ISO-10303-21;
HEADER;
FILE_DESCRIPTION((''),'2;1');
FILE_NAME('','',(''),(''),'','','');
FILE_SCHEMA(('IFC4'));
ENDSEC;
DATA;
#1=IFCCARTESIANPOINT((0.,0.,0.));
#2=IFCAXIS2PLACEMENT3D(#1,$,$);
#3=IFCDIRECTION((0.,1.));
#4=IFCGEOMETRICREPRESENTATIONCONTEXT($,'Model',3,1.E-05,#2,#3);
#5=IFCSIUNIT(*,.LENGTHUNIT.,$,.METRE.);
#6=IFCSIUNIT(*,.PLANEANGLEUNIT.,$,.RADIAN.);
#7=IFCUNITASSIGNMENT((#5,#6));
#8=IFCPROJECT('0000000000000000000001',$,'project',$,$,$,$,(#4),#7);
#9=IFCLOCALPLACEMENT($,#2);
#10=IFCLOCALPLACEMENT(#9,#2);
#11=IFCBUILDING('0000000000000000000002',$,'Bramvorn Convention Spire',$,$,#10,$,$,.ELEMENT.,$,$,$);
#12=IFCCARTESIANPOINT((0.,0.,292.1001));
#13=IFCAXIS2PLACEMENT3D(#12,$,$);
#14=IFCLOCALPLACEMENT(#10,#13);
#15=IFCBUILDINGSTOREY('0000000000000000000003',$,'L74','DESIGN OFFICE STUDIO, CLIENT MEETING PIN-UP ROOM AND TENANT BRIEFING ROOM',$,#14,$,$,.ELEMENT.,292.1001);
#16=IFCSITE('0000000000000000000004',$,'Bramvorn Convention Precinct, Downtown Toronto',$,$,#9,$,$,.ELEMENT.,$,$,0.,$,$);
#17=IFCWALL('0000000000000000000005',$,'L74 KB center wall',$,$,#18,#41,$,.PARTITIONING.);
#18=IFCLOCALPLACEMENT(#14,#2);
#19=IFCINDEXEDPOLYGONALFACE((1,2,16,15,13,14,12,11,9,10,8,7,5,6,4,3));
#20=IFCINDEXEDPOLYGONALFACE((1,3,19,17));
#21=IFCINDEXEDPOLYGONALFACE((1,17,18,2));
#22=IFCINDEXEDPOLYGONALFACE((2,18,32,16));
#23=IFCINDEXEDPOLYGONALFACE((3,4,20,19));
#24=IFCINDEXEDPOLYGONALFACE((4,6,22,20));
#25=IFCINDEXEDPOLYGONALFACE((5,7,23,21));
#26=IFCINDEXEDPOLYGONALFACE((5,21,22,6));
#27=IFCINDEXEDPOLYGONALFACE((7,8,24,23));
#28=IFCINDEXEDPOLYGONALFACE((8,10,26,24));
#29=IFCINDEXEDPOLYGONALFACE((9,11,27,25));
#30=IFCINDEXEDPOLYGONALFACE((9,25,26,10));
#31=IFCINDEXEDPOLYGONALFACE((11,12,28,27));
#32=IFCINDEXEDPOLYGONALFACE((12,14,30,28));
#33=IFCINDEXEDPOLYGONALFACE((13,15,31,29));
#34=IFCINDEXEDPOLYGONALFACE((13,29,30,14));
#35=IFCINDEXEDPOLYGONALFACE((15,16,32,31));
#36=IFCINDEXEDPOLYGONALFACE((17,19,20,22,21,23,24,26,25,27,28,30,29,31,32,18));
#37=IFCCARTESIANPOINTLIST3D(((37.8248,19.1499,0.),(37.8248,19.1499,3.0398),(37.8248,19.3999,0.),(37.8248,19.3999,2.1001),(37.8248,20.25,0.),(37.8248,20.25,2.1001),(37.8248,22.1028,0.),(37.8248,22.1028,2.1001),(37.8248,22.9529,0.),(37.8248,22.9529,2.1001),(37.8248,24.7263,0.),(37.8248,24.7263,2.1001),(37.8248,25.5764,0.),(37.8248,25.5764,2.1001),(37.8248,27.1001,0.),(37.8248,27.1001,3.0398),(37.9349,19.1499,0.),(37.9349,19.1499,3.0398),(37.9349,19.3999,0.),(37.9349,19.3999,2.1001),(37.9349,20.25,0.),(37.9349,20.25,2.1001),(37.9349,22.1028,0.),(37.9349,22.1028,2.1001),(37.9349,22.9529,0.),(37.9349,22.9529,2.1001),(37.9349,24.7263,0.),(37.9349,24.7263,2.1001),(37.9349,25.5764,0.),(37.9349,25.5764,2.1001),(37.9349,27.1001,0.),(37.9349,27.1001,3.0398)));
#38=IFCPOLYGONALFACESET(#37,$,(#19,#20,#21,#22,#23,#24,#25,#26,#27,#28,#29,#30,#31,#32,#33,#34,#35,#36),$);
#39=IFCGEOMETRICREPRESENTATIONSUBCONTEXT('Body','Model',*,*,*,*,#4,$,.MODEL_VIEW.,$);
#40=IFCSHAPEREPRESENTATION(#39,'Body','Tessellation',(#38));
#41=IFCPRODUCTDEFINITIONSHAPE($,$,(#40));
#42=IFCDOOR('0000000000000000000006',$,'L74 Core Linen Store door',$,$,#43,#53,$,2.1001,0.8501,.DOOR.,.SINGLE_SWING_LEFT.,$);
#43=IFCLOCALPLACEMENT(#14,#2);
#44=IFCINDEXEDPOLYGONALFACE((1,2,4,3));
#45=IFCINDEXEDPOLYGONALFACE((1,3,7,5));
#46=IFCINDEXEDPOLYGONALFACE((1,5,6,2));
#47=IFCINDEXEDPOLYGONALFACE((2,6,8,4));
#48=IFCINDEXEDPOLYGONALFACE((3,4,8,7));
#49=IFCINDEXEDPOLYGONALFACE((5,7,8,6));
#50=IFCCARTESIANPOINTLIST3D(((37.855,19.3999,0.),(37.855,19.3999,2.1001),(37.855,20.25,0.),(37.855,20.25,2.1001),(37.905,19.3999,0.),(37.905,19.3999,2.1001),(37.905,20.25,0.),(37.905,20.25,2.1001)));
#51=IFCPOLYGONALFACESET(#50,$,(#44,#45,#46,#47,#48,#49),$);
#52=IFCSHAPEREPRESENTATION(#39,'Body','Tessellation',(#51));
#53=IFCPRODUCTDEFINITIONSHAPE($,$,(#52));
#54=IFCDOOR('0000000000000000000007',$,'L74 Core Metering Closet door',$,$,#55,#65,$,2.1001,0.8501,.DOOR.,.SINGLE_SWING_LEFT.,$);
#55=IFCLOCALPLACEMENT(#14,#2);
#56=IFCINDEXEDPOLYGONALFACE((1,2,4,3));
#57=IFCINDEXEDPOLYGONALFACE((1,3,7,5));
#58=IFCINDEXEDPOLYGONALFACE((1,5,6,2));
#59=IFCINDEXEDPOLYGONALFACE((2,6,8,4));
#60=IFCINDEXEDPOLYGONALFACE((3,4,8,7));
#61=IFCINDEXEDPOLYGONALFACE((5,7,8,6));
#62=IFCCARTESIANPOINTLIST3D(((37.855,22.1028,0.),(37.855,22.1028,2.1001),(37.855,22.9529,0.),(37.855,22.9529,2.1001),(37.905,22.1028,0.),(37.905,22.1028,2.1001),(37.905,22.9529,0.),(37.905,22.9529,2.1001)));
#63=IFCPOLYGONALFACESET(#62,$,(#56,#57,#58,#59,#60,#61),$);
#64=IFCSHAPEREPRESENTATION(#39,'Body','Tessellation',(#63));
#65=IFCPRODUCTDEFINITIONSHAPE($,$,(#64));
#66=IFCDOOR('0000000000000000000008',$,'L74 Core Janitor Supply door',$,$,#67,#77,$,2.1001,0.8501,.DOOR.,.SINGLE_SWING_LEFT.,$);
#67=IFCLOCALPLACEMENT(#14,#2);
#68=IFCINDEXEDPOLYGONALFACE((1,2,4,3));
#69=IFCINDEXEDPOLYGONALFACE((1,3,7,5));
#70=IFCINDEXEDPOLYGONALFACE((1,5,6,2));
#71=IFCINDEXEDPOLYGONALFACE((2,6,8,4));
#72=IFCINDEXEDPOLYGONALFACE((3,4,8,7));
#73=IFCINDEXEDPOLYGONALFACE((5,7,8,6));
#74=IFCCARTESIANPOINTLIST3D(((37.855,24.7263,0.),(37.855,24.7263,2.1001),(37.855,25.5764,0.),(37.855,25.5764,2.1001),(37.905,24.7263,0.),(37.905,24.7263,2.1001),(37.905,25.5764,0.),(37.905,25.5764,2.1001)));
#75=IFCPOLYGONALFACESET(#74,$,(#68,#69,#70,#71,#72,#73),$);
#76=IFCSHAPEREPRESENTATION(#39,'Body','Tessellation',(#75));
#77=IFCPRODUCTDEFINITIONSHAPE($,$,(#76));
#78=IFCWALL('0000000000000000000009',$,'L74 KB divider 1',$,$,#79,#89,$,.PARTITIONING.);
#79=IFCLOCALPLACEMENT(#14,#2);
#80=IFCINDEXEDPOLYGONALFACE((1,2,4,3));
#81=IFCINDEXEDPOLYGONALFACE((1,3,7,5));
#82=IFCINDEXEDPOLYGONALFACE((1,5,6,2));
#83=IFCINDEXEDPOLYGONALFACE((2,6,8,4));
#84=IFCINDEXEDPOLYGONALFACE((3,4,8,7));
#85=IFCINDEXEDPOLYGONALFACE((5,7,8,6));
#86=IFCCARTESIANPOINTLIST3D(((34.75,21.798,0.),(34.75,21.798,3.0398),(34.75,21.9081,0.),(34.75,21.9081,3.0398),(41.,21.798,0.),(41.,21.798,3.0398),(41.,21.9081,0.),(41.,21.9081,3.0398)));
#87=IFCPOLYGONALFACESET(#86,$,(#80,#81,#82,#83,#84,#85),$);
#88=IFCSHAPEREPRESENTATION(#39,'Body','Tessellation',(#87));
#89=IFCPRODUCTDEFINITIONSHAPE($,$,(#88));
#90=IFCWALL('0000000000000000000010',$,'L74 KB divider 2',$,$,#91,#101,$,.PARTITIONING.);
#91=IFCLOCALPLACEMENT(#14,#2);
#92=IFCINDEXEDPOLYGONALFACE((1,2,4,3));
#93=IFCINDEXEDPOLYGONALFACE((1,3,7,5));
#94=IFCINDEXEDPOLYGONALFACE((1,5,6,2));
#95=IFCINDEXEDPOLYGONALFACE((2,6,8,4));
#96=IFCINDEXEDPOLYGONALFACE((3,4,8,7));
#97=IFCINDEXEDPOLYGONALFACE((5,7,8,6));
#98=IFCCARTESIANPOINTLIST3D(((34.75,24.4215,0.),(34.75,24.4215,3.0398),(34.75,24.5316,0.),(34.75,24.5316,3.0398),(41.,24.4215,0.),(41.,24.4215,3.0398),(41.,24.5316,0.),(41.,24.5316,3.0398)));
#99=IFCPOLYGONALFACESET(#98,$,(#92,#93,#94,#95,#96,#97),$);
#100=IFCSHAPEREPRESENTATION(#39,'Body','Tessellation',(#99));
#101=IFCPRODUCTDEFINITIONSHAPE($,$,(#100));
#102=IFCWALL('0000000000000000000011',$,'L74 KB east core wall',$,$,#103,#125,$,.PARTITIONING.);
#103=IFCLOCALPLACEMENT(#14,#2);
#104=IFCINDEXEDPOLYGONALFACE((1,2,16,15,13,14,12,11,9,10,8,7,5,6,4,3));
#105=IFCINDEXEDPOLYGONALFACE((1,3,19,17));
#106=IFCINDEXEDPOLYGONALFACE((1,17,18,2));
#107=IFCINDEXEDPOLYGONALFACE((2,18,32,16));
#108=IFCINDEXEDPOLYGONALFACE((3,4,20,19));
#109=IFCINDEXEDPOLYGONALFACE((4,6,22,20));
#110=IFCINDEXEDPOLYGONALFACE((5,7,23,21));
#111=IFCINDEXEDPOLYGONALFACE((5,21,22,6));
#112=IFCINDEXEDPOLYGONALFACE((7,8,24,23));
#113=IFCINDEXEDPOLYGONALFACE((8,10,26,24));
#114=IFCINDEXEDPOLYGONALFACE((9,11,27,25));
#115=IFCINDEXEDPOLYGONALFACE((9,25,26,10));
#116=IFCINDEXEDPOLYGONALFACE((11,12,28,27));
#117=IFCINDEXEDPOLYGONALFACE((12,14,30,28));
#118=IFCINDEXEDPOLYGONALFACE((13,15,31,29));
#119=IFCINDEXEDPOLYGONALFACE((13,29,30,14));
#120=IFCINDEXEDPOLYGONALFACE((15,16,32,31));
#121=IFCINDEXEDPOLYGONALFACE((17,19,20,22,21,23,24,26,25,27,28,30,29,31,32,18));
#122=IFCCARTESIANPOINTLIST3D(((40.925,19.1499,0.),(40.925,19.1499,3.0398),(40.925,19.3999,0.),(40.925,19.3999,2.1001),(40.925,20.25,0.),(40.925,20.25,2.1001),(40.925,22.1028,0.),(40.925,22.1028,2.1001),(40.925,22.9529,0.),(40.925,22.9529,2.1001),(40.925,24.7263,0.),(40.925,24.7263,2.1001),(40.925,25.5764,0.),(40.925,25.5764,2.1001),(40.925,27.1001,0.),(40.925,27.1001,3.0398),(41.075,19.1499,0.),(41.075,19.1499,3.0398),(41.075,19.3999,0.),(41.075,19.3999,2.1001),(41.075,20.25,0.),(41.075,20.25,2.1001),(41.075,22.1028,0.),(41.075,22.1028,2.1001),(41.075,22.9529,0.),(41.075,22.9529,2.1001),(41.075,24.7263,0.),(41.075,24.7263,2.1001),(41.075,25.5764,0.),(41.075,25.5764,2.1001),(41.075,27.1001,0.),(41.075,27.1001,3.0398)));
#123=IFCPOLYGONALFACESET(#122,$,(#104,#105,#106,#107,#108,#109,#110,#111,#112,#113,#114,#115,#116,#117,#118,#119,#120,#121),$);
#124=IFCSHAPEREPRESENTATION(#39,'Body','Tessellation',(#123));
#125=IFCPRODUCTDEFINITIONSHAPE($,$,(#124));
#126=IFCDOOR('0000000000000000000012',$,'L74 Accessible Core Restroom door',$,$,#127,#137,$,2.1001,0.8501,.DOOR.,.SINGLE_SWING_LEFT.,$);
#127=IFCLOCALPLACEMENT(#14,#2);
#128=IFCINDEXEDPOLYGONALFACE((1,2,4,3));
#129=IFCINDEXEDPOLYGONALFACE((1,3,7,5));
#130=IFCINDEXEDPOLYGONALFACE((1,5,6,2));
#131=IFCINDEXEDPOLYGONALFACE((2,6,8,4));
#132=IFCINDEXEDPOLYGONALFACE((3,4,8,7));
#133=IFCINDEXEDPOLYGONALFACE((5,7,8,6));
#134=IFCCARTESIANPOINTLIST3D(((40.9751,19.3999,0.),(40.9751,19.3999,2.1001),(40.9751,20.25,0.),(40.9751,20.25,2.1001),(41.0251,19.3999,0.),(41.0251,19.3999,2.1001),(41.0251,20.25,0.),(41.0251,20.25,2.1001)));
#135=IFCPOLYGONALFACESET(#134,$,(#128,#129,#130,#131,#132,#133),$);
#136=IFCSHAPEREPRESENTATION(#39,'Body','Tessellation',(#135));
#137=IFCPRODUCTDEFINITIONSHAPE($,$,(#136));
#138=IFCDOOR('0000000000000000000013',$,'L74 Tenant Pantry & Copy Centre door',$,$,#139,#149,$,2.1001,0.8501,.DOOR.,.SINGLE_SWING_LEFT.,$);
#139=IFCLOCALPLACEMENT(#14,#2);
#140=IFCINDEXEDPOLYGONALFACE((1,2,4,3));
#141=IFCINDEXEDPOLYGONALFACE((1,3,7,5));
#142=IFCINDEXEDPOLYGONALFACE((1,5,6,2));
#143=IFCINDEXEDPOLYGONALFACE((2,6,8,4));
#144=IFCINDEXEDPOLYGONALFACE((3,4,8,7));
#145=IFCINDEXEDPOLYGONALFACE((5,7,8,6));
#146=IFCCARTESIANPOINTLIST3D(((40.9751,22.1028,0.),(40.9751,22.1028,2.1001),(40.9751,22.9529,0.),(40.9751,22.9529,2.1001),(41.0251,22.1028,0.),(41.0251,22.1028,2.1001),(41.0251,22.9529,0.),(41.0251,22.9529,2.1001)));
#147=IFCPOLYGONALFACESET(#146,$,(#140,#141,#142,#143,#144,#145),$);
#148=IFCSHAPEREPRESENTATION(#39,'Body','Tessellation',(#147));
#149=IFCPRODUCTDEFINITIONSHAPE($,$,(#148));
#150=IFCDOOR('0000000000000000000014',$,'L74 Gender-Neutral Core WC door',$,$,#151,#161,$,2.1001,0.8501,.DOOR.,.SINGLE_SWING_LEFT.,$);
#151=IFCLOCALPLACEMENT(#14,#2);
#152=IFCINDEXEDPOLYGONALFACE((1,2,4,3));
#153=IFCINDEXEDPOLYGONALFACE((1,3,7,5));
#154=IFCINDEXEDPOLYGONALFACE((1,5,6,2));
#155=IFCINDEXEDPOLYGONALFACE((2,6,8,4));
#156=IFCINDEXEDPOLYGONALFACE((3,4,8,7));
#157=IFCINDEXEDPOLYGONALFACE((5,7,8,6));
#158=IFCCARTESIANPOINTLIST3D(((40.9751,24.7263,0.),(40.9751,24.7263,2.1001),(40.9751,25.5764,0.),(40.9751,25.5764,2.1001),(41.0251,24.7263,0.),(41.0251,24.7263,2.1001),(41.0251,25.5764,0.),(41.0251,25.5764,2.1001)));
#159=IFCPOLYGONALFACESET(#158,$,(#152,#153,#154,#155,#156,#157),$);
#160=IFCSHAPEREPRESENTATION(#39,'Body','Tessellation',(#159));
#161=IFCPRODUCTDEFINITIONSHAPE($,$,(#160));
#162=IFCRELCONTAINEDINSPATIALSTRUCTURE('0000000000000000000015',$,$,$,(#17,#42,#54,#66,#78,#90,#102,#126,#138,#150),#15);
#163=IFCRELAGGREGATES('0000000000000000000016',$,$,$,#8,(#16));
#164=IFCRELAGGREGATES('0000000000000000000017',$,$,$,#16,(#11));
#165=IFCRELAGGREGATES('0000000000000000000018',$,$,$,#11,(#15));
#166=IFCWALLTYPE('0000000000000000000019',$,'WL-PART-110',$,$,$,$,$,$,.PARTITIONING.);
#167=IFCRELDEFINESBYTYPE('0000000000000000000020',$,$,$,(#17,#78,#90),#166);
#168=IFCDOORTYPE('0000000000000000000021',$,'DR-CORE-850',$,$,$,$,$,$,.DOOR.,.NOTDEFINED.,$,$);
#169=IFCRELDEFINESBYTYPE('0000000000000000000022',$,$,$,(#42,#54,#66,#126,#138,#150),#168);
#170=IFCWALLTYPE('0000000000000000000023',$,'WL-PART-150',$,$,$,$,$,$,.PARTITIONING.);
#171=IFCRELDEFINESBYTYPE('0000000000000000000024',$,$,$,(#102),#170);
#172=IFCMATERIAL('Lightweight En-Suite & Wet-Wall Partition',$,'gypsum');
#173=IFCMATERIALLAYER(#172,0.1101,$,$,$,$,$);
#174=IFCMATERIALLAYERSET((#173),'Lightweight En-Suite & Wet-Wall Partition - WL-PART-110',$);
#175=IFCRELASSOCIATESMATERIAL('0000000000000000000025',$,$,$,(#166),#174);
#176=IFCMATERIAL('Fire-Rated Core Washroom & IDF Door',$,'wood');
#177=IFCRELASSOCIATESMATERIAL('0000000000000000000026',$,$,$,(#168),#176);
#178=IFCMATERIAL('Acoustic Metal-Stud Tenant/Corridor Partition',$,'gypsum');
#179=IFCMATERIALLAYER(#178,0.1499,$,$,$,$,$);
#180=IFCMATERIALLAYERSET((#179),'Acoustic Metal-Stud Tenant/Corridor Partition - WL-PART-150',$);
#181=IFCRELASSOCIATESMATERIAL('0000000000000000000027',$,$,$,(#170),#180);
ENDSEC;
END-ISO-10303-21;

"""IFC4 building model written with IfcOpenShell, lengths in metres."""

from ifc_helpers import new_model, si_unit, direction, frame, frame_2d, origin, place, context, subcontext, project, spatial, rectangle, extrude, material, layer, layer_set, type_object, element, fill, save


model = new_model("IFC4")

# Units and contexts
model_context = context("Model", 3, precision=1e-05, world=origin(), true_north=direction((0.0, 1.0)))
body_context = subcontext(model_context, "Body", "Model", "MODEL_VIEW")
ifc_project = project(units=[si_unit("LENGTHUNIT", "METRE"), si_unit("PLANEANGLEUNIT", "RADIAN")], contexts=[model_context])

# Site, building, storey
site_placement = place(None, origin())
site = spatial("IfcSite", under=ifc_project, at=site_placement, Name="Bramvorn Convention Precinct, Downtown Toronto", CompositionType="ELEMENT", RefElevation=0.0)
building_placement = place(site_placement, origin())
building = spatial("IfcBuilding", under=site, at=building_placement, Name="Bramvorn Convention Spire", CompositionType="ELEMENT")
storey_placement = place(building_placement, frame((0.0, 0.0, 292.1001)))
storey = spatial("IfcBuildingStorey", under=building, at=storey_placement, Name="L74", Description="DESIGN OFFICE STUDIO, CLIENT MEETING PIN-UP ROOM AND TENANT BRIEFING ROOM", CompositionType="ELEMENT", Elevation=292.1001)

# Wall, openings, doors
ifc_material_1 = material(Name="Lightweight En-Suite & Wet-Wall Partition", Category="gypsum")
ifc_layer_1 = layer(ifc_material_1, 0.1101)
ifc_layer_set_1 = layer_set([ifc_layer_1], Name="Lightweight En-Suite & Wet-Wall Partition - WL-PART-110")
wall_type_1 = type_object("IfcWallType", Name="WL-PART-110", PredefinedType="PARTITIONING", material=ifc_layer_set_1)
wall_1_placement = place(storey_placement, frame((37.8799, 19.1499, 0.0), z_axis=(0.0, 0.0, 1.0), x_axis=(0.0, 1.0, 0.0)))
wall_1 = element("IfcWall", 1, at=wall_1_placement, inside=storey, type_object=wall_type_1, Name="L74 KB center wall", PredefinedType="PARTITIONING", context=body_context, shape_type="SweptSolid", body=[
    extrude(rectangle(XDim=7.9502, YDim=0.1101, at=frame_2d((3.9751, 0.0))), origin(), (0.0, 0.0, 1.0), 3.0398),
])
opening_1_placement = place(wall_1_placement, frame((0.25, 0.0, 0.0)))
opening_1 = element("IfcOpeningElement", 2, at=opening_1_placement, cuts=wall_1, PredefinedType="OPENING", context=body_context, shape_type="SweptSolid", body=[
    extrude(rectangle(XDim=0.8501, YDim=2.1001, at=frame_2d((0.425, 1.05))), frame((0.0, 0.0649, 0.0), z_axis=(0.0, -1.0, 0.0), x_axis=(1.0, 0.0, 0.0)), (0.0, 0.0, 1.0), 0.1301),
])
opening_2_placement = place(wall_1_placement, frame((2.9529, 0.0, 0.0)))
opening_2 = element("IfcOpeningElement", 3, at=opening_2_placement, cuts=wall_1, PredefinedType="OPENING", context=body_context, shape_type="SweptSolid", body=[
    extrude(rectangle(XDim=0.8501, YDim=2.1001, at=frame_2d((0.425, 1.05))), frame((0.0, 0.0649, 0.0), z_axis=(0.0, -1.0, 0.0), x_axis=(1.0, 0.0, 0.0)), (0.0, 0.0, 1.0), 0.1301),
])
opening_3_placement = place(wall_1_placement, frame((5.5764, 0.0, 0.0)))
opening_3 = element("IfcOpeningElement", 4, at=opening_3_placement, cuts=wall_1, PredefinedType="OPENING", context=body_context, shape_type="SweptSolid", body=[
    extrude(rectangle(XDim=0.8501, YDim=2.1001, at=frame_2d((0.425, 1.05))), frame((0.0, 0.0649, 0.0), z_axis=(0.0, -1.0, 0.0), x_axis=(1.0, 0.0, 0.0)), (0.0, 0.0, 1.0), 0.1301),
])
ifc_material_2 = material(Name="Fire-Rated Core Washroom & IDF Door", Category="wood")
door_type_1 = type_object("IfcDoorType", Name="DR-CORE-850", OperationType="NOTDEFINED", PredefinedType="DOOR", material=ifc_material_2)
door_1_placement = place(opening_1_placement, origin())
door_1 = element("IfcDoor", 5, at=door_1_placement, inside=storey, type_object=door_type_1, Name="L74 Core Linen Store door", OperationType="SINGLE_SWING_LEFT", OverallHeight=2.1001, OverallWidth=0.8501, PredefinedType="DOOR", context=body_context, shape_type="SweptSolid", body=[
    extrude(rectangle(XDim=0.8501, YDim=2.1001, at=frame_2d((0.425, 1.05))), frame((0.0, 0.0249, 0.0), z_axis=(0.0, -1.0, 0.0), x_axis=(1.0, 0.0, 0.0)), (0.0, 0.0, 1.0), 0.05),
])
fill(opening_1, door_1)
door_2_placement = place(opening_2_placement, origin())
door_2 = element("IfcDoor", 6, at=door_2_placement, inside=storey, type_object=door_type_1, Name="L74 Core Metering Closet door", OperationType="SINGLE_SWING_LEFT", OverallHeight=2.1001, OverallWidth=0.8501, PredefinedType="DOOR", context=body_context, shape_type="SweptSolid", body=[
    extrude(rectangle(XDim=0.8501, YDim=2.1001, at=frame_2d((0.425, 1.05))), frame((0.0, 0.0249, 0.0), z_axis=(0.0, -1.0, 0.0), x_axis=(1.0, 0.0, 0.0)), (0.0, 0.0, 1.0), 0.05),
])
fill(opening_2, door_2)
door_3_placement = place(opening_3_placement, origin())
door_3 = element("IfcDoor", 7, at=door_3_placement, inside=storey, type_object=door_type_1, Name="L74 Core Janitor Supply door", OperationType="SINGLE_SWING_LEFT", OverallHeight=2.1001, OverallWidth=0.8501, PredefinedType="DOOR", context=body_context, shape_type="SweptSolid", body=[
    extrude(rectangle(XDim=0.8501, YDim=2.1001, at=frame_2d((0.425, 1.05))), frame((0.0, 0.0249, 0.0), z_axis=(0.0, -1.0, 0.0), x_axis=(1.0, 0.0, 0.0)), (0.0, 0.0, 1.0), 0.05),
])
fill(opening_3, door_3)

# Walls
for number, where, z_axis, x_axis, name in (
    (8, (34.75, 21.853, 0.0), (0.0, 0.0, 1.0), (1.0, 0.0, 0.0), "L74 KB divider 1"),
    (9, (34.75, 24.4766, 0.0), (0.0, 0.0, 1.0), (1.0, 0.0, 0.0), "L74 KB divider 2"),
):
    element("IfcWall", number, at=place(storey_placement, frame(where, z_axis=z_axis, x_axis=x_axis)), inside=storey, type_object=wall_type_1, Name=name, PredefinedType="PARTITIONING", context=body_context, shape_type="SweptSolid", body=[
        extrude(rectangle(XDim=6.25, YDim=0.1101, at=frame_2d((3.125, 0.0))), origin(), (0.0, 0.0, 1.0), 3.0398),
    ])

# Wall, openings, doors
ifc_material_3 = material(Name="Acoustic Metal-Stud Tenant/Corridor Partition", Category="gypsum")
ifc_layer_2 = layer(ifc_material_3, 0.1499)
ifc_layer_set_2 = layer_set([ifc_layer_2], Name="Acoustic Metal-Stud Tenant/Corridor Partition - WL-PART-150")
wall_type_2 = type_object("IfcWallType", Name="WL-PART-150", PredefinedType="PARTITIONING", material=ifc_layer_set_2)
wall_2_placement = place(storey_placement, frame((41.0, 19.1499, 0.0), z_axis=(0.0, 0.0, 1.0), x_axis=(0.0, 1.0, 0.0)))
wall_2 = element("IfcWall", 10, at=wall_2_placement, inside=storey, type_object=wall_type_2, Name="L74 KB east core wall", PredefinedType="PARTITIONING", context=body_context, shape_type="SweptSolid", body=[
    extrude(rectangle(XDim=7.9502, YDim=0.1499, at=frame_2d((3.9751, 0.0))), origin(), (0.0, 0.0, 1.0), 3.0398),
])
opening_4_placement = place(wall_2_placement, frame((0.25, 0.0, 0.0)))
opening_4 = element("IfcOpeningElement", 11, at=opening_4_placement, cuts=wall_2, PredefinedType="OPENING", context=body_context, shape_type="SweptSolid", body=[
    extrude(rectangle(XDim=0.8501, YDim=2.1001, at=frame_2d((0.425, 1.05))), frame((0.0, 0.085, 0.0), z_axis=(0.0, -1.0, 0.0), x_axis=(1.0, 0.0, 0.0)), (0.0, 0.0, 1.0), 0.1699),
])
opening_5_placement = place(wall_2_placement, frame((2.9529, 0.0, 0.0)))
opening_5 = element("IfcOpeningElement", 12, at=opening_5_placement, cuts=wall_2, PredefinedType="OPENING", context=body_context, shape_type="SweptSolid", body=[
    extrude(rectangle(XDim=0.8501, YDim=2.1001, at=frame_2d((0.425, 1.05))), frame((0.0, 0.085, 0.0), z_axis=(0.0, -1.0, 0.0), x_axis=(1.0, 0.0, 0.0)), (0.0, 0.0, 1.0), 0.1699),
])
opening_6_placement = place(wall_2_placement, frame((5.5764, 0.0, 0.0)))
opening_6 = element("IfcOpeningElement", 13, at=opening_6_placement, cuts=wall_2, PredefinedType="OPENING", context=body_context, shape_type="SweptSolid", body=[
    extrude(rectangle(XDim=0.8501, YDim=2.1001, at=frame_2d((0.425, 1.05))), frame((0.0, 0.085, 0.0), z_axis=(0.0, -1.0, 0.0), x_axis=(1.0, 0.0, 0.0)), (0.0, 0.0, 1.0), 0.1699),
])
door_4_placement = place(opening_4_placement, origin())
door_4 = element("IfcDoor", 14, at=door_4_placement, inside=storey, type_object=door_type_1, Name="L74 Accessible Core Restroom door", OperationType="SINGLE_SWING_LEFT", OverallHeight=2.1001, OverallWidth=0.8501, PredefinedType="DOOR", context=body_context, shape_type="SweptSolid", body=[
    extrude(rectangle(XDim=0.8501, YDim=2.1001, at=frame_2d((0.425, 1.05))), frame((0.0, 0.0249, 0.0), z_axis=(0.0, -1.0, 0.0), x_axis=(1.0, 0.0, 0.0)), (0.0, 0.0, 1.0), 0.05),
])
fill(opening_4, door_4)
door_5_placement = place(opening_5_placement, origin())
door_5 = element("IfcDoor", 15, at=door_5_placement, inside=storey, type_object=door_type_1, Name="L74 Tenant Pantry & Copy Centre door", OperationType="SINGLE_SWING_LEFT", OverallHeight=2.1001, OverallWidth=0.8501, PredefinedType="DOOR", context=body_context, shape_type="SweptSolid", body=[
    extrude(rectangle(XDim=0.8501, YDim=2.1001, at=frame_2d((0.425, 1.05))), frame((0.0, 0.0249, 0.0), z_axis=(0.0, -1.0, 0.0), x_axis=(1.0, 0.0, 0.0)), (0.0, 0.0, 1.0), 0.05),
])
fill(opening_5, door_5)
door_6_placement = place(opening_6_placement, origin())
door_6 = element("IfcDoor", 16, at=door_6_placement, inside=storey, type_object=door_type_1, Name="L74 Gender-Neutral Core WC door", OperationType="SINGLE_SWING_LEFT", OverallHeight=2.1001, OverallWidth=0.8501, PredefinedType="DOOR", context=body_context, shape_type="SweptSolid", body=[
    extrude(rectangle(XDim=0.8501, YDim=2.1001, at=frame_2d((0.425, 1.05))), frame((0.0, 0.0249, 0.0), z_axis=(0.0, -1.0, 0.0), x_axis=(1.0, 0.0, 0.0)), (0.0, 0.0, 1.0), 0.05),
])
fill(opening_6, door_6)

save(model, "model.ifc")
